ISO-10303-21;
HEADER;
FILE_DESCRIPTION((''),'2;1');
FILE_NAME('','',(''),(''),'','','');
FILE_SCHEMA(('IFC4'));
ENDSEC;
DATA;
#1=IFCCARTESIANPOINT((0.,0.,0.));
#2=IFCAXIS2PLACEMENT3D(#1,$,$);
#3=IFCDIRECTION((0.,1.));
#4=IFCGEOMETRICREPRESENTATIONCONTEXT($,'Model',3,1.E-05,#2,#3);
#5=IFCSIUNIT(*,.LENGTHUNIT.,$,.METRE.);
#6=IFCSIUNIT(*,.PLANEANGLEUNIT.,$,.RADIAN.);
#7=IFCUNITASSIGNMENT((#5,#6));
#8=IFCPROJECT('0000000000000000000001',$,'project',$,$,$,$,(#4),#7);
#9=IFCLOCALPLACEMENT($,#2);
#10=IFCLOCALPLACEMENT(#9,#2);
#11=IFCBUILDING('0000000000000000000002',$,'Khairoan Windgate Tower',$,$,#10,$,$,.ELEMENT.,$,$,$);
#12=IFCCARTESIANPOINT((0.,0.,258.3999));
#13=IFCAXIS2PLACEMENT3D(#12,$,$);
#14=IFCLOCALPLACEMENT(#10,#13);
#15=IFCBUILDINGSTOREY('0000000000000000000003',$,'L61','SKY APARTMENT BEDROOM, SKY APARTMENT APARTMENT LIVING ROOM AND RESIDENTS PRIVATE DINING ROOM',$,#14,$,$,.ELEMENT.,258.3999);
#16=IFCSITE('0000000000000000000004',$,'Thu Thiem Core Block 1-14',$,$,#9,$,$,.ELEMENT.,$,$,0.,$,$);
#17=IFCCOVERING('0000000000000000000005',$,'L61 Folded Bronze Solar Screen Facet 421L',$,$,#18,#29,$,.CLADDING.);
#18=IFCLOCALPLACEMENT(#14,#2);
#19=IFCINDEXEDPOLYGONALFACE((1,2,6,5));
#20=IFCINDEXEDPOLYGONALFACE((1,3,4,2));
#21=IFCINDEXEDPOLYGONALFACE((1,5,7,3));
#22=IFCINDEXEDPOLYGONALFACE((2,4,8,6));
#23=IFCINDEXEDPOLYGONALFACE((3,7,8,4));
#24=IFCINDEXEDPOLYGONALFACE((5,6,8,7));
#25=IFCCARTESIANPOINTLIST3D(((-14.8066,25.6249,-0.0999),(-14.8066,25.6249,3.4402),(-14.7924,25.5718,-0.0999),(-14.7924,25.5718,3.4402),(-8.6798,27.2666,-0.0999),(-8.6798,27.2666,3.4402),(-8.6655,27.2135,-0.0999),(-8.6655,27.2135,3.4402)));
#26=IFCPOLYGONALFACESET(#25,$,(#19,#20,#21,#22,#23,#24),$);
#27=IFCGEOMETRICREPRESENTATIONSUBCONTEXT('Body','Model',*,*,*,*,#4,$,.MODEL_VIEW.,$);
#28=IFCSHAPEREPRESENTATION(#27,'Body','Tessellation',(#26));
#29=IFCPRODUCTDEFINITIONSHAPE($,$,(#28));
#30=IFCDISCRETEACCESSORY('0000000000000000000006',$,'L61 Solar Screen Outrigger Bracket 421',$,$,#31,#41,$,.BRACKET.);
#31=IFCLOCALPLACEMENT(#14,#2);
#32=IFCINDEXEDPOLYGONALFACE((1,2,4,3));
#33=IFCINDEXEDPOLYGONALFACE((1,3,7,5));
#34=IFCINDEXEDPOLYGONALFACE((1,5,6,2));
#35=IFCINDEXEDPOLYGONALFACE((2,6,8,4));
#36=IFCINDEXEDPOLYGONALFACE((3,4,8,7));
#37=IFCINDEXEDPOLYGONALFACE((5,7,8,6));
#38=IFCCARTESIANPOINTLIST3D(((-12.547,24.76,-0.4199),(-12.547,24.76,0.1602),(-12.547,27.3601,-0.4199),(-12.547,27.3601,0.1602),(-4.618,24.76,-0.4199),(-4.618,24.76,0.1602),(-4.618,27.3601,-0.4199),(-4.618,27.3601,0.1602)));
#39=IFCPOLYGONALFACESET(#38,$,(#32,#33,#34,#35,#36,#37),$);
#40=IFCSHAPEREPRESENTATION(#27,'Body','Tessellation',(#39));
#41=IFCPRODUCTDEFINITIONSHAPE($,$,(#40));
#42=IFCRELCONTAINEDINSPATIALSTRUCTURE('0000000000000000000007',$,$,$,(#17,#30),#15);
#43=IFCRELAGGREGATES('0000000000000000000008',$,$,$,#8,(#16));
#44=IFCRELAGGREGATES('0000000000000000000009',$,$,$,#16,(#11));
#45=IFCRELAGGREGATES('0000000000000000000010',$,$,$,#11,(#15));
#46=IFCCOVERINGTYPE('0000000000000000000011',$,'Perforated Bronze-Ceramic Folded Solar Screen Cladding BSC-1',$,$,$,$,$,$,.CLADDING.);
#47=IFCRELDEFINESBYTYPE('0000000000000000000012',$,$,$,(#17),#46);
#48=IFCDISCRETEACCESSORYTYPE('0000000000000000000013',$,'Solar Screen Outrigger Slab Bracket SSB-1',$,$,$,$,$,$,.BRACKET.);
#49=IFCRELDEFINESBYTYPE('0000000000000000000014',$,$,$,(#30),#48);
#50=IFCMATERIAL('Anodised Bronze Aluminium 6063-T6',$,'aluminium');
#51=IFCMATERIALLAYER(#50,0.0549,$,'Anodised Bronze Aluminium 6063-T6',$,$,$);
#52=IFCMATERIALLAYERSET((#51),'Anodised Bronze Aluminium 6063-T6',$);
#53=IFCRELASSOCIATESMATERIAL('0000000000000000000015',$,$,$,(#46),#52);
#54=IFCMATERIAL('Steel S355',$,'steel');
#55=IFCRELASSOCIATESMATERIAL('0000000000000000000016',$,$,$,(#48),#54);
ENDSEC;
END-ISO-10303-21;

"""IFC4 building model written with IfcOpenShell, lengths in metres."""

from ifc_helpers import new_model, si_unit, direction, frame, origin, origin_2d, place, context, subcontext, project, spatial, rectangle, extrude, material, layer, layer_set, type_object, element, save


model = new_model("IFC4")

# Units and contexts
model_context = context("Model", 3, precision=1e-05, world=origin(), true_north=direction((0.0, 1.0)))
body_context = subcontext(model_context, "Body", "Model", "MODEL_VIEW")
ifc_project = project(units=[si_unit("LENGTHUNIT", "METRE"), si_unit("PLANEANGLEUNIT", "RADIAN")], contexts=[model_context])

# Site, building, storey
site_placement = place(None, origin())
site = spatial("IfcSite", under=ifc_project, at=site_placement, Name="Thu Thiem Core Block 1-14", CompositionType="ELEMENT", RefElevation=0.0)
building_placement = place(site_placement, origin())
building = spatial("IfcBuilding", under=site, at=building_placement, Name="Khairoan Windgate Tower", CompositionType="ELEMENT")
storey_placement = place(building_placement, frame((0.0, 0.0, 258.3999)))
storey = spatial("IfcBuildingStorey", under=building, at=storey_placement, Name="L61", Description="SKY APARTMENT BEDROOM, SKY APARTMENT APARTMENT LIVING ROOM AND RESIDENTS PRIVATE DINING ROOM", CompositionType="ELEMENT", Elevation=258.3999)

# Covering
ifc_material_1 = material(Name="Anodised Bronze Aluminium 6063-T6", Category="aluminium")
ifc_layer_1 = layer(ifc_material_1, 0.0549, Name="Anodised Bronze Aluminium 6063-T6")
ifc_layer_set_1 = layer_set([ifc_layer_1], Name="Anodised Bronze Aluminium 6063-T6")
covering_type = type_object("IfcCoveringType", Name="Perforated Bronze-Ceramic Folded Solar Screen Cladding BSC-1", PredefinedType="CLADDING", material=ifc_layer_set_1)
covering_placement = place(storey_placement, frame((-11.7361, 26.4192, -0.0999), z_axis=(0.0, 0.0, 1.0), x_axis=(0.965926, 0.258819, 0.0)))
element("IfcCovering", 1, at=covering_placement, inside=storey, type_object=covering_type, Name="L61 Folded Bronze Solar Screen Facet 421L", PredefinedType="CLADDING", context=body_context, shape_type="SweptSolid", body=[
    extrude(rectangle(XDim=6.343, YDim=0.0549, at=origin_2d()), origin(), (0.0, 0.0, 1.0), 3.54),
])

# Discrete accessory
ifc_material_2 = material(Name="Steel S355", Category="steel")
discrete_accessory_type = type_object("IfcDiscreteAccessoryType", Name="Solar Screen Outrigger Slab Bracket SSB-1", PredefinedType="BRACKET", material=ifc_material_2)
discrete_accessory_placement = place(storey_placement, frame((-8.5825, 26.0601, -0.4199), z_axis=(0.0, 0.0, 1.0), x_axis=(1.0, 0.0, 0.0)))
element("IfcDiscreteAccessory", 2, at=discrete_accessory_placement, inside=storey, type_object=discrete_accessory_type, Name="L61 Solar Screen Outrigger Bracket 421", PredefinedType="BRACKET", context=body_context, shape_type="SweptSolid", body=[
    extrude(rectangle(XDim=7.929, YDim=2.6001, at=origin_2d()), origin(), (0.0, 0.0, 1.0), 0.5801),
])

save(model, "model.ifc")
